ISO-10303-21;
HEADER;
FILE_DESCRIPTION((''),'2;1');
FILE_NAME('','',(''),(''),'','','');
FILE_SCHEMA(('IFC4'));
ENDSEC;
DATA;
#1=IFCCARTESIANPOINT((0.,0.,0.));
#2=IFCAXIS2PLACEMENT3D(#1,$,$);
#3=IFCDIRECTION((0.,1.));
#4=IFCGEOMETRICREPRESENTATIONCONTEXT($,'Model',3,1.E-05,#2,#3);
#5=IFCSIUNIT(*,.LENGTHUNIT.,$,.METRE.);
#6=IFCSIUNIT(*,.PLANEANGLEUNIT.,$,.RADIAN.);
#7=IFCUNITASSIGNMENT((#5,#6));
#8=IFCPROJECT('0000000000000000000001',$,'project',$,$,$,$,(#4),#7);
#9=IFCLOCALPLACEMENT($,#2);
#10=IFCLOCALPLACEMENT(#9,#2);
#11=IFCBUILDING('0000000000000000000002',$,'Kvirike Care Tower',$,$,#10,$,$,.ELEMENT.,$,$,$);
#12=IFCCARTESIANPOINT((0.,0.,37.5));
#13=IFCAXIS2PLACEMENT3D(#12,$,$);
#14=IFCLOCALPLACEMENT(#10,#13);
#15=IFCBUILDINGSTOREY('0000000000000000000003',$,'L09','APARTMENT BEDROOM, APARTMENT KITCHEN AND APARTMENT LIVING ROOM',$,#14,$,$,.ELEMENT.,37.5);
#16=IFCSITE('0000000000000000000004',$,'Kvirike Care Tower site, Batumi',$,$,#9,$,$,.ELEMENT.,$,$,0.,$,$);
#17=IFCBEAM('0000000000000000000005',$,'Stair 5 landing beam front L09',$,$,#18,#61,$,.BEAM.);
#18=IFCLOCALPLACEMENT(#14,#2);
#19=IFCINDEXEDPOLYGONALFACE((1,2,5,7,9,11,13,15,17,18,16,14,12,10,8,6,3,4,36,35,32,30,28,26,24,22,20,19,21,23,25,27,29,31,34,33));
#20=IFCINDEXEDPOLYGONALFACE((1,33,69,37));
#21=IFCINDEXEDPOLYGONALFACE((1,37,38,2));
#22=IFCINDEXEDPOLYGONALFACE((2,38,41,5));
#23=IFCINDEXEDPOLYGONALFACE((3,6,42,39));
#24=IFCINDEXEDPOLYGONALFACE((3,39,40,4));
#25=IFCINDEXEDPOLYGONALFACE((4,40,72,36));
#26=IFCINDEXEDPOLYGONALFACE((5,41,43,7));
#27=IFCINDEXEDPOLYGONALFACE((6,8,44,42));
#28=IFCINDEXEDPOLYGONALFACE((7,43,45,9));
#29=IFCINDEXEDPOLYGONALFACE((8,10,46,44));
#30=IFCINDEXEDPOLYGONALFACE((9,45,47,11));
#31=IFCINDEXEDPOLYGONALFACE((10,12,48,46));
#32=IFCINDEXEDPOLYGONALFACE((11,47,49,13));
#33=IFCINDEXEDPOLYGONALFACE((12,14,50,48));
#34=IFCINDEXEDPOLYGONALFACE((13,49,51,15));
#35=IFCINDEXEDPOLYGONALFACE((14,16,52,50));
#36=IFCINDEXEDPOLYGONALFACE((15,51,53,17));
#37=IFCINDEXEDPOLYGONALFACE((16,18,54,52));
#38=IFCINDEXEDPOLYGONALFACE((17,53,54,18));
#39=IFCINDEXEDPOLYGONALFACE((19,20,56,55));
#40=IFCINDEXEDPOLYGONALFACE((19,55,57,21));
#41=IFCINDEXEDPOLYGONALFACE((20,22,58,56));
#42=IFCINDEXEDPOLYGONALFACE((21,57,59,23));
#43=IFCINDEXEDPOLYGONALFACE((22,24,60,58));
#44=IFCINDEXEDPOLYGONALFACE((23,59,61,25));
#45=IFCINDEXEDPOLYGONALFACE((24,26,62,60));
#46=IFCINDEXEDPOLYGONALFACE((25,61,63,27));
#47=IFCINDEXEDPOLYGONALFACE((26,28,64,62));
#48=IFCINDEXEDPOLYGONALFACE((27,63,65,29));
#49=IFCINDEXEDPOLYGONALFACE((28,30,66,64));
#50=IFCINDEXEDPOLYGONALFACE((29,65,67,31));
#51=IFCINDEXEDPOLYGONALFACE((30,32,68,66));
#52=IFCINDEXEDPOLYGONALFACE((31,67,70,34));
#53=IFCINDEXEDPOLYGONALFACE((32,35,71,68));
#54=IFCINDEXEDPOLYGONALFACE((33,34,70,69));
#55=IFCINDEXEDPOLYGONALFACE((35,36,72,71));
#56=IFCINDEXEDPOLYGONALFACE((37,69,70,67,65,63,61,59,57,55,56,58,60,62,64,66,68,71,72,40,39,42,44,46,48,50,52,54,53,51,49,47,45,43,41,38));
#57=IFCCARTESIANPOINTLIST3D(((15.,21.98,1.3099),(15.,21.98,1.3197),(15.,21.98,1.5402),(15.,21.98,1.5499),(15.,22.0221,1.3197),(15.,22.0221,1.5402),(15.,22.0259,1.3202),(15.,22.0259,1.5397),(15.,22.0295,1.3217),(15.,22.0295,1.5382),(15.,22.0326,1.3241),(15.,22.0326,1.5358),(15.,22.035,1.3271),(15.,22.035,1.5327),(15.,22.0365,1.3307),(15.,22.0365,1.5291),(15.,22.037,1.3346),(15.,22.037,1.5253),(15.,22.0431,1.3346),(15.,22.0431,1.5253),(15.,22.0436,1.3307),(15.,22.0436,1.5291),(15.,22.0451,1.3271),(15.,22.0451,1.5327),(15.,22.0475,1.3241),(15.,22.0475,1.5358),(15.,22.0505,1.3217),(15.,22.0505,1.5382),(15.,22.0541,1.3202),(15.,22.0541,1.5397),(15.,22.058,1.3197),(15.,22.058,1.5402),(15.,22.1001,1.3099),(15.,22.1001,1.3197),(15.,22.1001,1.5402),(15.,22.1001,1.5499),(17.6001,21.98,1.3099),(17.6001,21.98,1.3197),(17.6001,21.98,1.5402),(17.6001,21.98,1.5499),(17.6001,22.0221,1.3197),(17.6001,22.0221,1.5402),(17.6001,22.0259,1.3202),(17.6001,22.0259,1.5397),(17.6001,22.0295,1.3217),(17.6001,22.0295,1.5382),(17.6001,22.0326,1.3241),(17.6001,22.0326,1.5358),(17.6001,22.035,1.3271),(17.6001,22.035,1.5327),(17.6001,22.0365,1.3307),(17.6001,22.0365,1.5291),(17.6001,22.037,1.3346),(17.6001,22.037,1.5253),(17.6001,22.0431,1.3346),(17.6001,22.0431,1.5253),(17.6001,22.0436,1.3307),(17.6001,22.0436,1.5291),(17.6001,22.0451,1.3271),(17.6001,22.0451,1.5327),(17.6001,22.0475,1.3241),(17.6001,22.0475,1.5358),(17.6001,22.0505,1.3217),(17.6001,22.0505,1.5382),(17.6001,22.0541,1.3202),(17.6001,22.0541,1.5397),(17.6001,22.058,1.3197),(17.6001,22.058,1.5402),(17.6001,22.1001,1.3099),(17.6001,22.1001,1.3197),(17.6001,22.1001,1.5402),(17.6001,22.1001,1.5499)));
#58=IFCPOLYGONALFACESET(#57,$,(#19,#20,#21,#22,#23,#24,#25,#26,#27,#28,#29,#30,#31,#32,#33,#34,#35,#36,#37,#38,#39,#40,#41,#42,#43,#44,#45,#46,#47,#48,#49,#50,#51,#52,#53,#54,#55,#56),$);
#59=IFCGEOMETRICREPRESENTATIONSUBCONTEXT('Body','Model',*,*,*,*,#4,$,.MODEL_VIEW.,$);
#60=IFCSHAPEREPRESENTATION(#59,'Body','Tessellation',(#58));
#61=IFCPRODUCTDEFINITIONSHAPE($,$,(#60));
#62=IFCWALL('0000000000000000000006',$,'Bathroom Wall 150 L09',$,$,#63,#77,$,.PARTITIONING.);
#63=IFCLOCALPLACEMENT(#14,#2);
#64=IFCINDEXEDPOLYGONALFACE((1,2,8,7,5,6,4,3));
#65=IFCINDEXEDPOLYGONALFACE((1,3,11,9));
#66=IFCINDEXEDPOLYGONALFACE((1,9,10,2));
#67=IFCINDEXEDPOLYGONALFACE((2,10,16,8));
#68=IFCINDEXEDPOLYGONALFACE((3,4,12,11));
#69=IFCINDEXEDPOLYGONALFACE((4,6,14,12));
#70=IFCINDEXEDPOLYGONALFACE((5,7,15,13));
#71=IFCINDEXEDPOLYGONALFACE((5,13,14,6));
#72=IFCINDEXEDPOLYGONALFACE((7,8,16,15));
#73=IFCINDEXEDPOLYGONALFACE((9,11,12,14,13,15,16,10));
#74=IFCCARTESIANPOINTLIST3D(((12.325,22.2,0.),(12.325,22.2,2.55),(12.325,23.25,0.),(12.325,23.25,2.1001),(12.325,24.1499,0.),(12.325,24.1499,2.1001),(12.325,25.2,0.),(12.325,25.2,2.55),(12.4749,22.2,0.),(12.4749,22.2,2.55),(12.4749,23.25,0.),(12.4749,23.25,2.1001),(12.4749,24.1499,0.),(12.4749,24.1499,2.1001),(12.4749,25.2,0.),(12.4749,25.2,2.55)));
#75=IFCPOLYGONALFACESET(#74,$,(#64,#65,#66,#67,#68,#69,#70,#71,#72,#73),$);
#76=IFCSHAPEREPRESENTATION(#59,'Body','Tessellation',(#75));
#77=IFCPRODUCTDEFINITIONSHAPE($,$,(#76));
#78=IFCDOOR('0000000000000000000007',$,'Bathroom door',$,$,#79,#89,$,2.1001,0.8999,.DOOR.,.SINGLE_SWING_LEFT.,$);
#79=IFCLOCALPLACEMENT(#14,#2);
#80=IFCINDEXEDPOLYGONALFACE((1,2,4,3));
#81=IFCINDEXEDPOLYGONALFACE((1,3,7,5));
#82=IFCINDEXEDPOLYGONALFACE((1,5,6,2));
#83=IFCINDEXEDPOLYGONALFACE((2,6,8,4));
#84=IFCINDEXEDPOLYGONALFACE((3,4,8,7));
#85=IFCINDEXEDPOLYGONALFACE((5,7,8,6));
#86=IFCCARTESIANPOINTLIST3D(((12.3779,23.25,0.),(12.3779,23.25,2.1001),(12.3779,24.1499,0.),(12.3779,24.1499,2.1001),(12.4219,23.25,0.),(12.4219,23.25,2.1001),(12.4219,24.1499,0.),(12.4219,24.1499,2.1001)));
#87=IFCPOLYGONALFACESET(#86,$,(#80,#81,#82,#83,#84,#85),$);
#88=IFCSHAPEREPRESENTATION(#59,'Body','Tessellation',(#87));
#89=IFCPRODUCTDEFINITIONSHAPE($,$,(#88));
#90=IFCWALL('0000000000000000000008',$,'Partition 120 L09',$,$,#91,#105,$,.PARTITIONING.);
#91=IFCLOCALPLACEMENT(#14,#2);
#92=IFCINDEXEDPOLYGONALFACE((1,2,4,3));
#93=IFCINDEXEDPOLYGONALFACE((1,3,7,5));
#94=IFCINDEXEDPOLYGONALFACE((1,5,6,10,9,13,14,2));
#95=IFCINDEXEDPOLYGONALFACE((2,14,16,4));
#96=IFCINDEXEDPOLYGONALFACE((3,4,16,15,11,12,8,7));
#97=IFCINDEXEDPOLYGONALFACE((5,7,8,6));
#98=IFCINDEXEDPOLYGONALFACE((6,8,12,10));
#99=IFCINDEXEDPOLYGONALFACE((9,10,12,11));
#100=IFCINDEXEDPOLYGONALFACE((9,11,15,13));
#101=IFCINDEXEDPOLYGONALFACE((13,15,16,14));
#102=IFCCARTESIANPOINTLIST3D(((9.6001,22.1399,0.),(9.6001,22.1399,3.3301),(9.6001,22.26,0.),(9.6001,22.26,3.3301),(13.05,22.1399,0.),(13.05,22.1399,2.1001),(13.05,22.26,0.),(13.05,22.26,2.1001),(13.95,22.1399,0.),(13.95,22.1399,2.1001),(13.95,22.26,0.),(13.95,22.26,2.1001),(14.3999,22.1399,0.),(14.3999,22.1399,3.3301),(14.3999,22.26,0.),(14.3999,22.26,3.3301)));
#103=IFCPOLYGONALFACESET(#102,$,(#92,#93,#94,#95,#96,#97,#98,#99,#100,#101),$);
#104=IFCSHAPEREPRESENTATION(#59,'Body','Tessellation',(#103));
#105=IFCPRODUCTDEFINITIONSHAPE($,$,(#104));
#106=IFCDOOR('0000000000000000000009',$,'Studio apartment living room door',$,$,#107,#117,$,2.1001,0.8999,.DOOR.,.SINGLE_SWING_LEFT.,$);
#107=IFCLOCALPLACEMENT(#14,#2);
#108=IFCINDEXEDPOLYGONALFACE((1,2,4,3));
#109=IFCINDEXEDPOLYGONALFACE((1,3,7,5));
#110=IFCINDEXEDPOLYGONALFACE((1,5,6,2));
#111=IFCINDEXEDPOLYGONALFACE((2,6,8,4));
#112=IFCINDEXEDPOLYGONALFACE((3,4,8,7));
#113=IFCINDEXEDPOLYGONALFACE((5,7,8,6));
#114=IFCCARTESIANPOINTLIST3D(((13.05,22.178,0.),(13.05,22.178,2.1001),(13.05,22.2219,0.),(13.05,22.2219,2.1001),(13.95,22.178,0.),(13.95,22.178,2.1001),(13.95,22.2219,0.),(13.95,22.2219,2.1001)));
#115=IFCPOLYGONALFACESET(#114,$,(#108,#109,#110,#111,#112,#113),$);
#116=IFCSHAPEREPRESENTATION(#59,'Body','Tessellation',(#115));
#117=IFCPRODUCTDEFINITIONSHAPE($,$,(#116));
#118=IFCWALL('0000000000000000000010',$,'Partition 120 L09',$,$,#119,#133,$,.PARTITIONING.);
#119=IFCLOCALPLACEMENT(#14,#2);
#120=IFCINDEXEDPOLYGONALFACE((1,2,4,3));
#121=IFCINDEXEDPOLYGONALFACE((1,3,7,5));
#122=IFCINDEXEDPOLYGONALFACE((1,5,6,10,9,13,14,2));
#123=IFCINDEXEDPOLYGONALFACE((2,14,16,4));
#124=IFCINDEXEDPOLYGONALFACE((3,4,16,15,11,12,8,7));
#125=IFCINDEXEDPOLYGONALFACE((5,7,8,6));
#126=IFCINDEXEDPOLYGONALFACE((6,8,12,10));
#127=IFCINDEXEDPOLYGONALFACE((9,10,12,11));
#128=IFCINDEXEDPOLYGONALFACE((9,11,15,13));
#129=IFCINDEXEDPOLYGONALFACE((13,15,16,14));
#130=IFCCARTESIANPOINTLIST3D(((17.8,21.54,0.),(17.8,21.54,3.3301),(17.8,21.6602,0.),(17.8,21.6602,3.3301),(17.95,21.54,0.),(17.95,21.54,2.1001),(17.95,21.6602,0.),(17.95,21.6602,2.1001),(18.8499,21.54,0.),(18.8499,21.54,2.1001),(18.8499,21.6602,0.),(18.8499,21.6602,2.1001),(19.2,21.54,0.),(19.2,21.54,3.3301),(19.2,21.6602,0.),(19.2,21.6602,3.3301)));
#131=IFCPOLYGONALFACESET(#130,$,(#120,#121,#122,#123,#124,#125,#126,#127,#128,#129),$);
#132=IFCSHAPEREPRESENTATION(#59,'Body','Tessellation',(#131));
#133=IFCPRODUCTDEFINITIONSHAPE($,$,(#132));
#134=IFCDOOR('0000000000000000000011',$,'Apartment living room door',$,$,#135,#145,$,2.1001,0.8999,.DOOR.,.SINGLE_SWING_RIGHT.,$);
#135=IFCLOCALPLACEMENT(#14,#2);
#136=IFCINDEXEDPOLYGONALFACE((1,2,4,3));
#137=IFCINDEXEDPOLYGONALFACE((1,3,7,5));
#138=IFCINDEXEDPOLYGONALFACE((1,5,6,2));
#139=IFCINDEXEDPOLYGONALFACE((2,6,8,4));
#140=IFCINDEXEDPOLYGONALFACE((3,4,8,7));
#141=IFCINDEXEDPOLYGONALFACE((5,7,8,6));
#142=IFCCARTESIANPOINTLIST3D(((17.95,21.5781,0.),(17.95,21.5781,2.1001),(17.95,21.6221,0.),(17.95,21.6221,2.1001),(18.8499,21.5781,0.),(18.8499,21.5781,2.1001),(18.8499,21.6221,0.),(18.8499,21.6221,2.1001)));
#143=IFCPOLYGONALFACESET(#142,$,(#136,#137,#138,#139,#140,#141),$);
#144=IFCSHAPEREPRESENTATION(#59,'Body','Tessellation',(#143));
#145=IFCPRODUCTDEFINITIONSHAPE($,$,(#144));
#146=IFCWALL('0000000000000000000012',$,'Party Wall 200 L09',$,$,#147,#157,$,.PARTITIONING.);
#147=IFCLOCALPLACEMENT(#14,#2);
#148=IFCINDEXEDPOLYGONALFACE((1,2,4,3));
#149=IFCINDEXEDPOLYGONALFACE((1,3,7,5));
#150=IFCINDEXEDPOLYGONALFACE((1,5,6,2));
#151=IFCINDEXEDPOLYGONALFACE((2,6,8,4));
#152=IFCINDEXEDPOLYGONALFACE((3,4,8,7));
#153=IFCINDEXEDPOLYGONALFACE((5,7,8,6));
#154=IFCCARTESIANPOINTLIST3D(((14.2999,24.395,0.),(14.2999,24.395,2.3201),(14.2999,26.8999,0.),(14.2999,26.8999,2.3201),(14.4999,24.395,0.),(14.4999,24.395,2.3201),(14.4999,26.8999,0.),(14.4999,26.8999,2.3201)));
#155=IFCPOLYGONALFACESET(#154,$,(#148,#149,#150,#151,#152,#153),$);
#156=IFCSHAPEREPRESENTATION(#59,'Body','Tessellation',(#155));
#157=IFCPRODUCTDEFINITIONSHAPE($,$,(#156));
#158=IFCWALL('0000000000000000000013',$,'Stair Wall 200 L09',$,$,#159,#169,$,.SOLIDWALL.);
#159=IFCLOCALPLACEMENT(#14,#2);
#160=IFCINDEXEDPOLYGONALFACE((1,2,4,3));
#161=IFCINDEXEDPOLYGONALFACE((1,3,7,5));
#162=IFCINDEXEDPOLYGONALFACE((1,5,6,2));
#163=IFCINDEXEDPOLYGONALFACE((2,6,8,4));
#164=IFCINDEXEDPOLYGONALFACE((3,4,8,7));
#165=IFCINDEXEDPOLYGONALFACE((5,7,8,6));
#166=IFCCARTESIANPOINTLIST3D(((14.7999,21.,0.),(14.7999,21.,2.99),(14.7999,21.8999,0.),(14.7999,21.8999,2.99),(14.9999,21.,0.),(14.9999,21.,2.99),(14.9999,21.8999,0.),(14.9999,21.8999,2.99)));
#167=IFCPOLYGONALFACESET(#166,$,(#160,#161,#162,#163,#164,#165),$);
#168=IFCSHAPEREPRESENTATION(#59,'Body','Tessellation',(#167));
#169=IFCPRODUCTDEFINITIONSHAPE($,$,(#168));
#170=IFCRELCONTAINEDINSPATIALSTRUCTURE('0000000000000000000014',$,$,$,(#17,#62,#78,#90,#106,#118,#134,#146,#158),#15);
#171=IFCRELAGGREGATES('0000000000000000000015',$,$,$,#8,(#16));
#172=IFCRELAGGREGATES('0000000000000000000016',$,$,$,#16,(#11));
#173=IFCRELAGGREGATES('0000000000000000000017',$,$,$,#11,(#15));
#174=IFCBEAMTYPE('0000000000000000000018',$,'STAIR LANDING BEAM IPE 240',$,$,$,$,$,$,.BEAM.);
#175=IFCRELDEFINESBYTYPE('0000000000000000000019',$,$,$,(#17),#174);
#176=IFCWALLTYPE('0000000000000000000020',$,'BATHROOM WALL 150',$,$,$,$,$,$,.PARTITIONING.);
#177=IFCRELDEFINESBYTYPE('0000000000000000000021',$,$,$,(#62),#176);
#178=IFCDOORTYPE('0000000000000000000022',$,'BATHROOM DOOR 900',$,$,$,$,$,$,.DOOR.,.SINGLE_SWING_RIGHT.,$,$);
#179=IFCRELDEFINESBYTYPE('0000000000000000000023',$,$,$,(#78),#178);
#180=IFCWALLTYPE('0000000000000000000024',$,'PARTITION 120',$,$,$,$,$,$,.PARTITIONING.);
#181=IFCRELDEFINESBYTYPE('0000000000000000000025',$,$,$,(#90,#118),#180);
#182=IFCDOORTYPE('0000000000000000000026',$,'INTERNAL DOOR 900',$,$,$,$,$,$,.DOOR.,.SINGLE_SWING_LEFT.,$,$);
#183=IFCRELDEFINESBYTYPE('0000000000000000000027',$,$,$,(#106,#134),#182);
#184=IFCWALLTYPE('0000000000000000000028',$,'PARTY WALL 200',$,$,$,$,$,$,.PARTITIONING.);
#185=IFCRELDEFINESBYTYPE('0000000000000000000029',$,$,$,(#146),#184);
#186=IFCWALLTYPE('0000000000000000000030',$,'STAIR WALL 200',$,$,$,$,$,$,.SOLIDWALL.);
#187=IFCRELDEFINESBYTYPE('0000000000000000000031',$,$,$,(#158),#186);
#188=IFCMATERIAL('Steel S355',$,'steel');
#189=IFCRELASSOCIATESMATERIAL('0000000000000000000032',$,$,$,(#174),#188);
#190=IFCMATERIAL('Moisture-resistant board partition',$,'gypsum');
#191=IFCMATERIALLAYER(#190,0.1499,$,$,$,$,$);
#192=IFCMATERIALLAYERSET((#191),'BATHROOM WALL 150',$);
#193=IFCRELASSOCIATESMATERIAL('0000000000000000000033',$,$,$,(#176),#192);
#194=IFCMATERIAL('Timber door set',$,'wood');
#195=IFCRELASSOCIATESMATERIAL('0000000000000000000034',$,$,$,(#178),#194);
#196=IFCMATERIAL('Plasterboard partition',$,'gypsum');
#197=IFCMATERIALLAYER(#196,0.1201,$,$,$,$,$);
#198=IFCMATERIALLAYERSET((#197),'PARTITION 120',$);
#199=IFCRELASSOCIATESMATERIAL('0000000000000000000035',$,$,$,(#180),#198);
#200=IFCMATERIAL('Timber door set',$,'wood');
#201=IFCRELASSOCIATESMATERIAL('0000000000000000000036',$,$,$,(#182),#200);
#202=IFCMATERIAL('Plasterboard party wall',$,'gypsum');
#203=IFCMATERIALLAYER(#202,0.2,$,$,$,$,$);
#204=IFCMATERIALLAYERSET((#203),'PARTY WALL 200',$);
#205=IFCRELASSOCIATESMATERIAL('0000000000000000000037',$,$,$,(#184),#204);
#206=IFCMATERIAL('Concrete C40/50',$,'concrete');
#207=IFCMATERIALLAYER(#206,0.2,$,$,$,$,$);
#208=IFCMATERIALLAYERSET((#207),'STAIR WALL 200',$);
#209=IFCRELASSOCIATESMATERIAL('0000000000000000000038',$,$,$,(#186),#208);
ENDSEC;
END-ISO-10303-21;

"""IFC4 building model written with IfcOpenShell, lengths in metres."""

from ifc_helpers import new_model, si_unit, direction, frame, frame_2d, origin, origin_2d, place, context, subcontext, project, spatial, rectangle, i_section, extrude, material, layer, layer_set, material_profile, profile_set, type_object, element, fill, save


model = new_model("IFC4")

# Units and contexts
model_context = context("Model", 3, precision=1e-05, world=origin(), true_north=direction((0.0, 1.0)))
body_context = subcontext(model_context, "Body", "Model", "MODEL_VIEW")
ifc_project = project(units=[si_unit("LENGTHUNIT", "METRE"), si_unit("PLANEANGLEUNIT", "RADIAN")], contexts=[model_context])

# Site, building, storey
site_placement = place(None, origin())
site = spatial("IfcSite", under=ifc_project, at=site_placement, Name="Kvirike Care Tower site, Batumi", CompositionType="ELEMENT", RefElevation=0.0)
building_placement = place(site_placement, origin())
building = spatial("IfcBuilding", under=site, at=building_placement, Name="Kvirike Care Tower", CompositionType="ELEMENT")
storey_placement = place(building_placement, frame((0.0, 0.0, 37.5)))
storey = spatial("IfcBuildingStorey", under=building, at=storey_placement, Name="L09", Description="APARTMENT BEDROOM, APARTMENT KITCHEN AND APARTMENT LIVING ROOM", CompositionType="ELEMENT", Elevation=37.5)

# Beam
ifc_material_1 = material(Name="Steel S355", Category="steel")
ifc_material_profile_1 = material_profile(ifc_material_1, i_section(OverallWidth=0.1201, OverallDepth=0.24, WebThickness=0.0061, FlangeThickness=0.0098, FilletRadius=0.0149, at=origin_2d()), Name="IPE 240")
ifc_profile_set_1 = profile_set([ifc_material_profile_1], Name="Steel S355")
beam_type_1 = type_object("IfcBeamType", Name="STAIR LANDING BEAM IPE 240", PredefinedType="BEAM", material=ifc_profile_set_1)
for number, where, z_axis, x_axis, name in (
    (1, (15.0, 22.04, 1.4299), (1.0, 0.0, 0.0), (0.0, 1.0, 0.0), "Stair 5 landing beam front L09"),
):
    element("IfcBeam", number, at=place(storey_placement, frame(where, z_axis=z_axis, x_axis=x_axis)), inside=storey, type_object=beam_type_1, Name=name, PredefinedType="BEAM", context=body_context, shape_type="SweptSolid", body=[
        extrude(i_section(OverallWidth=0.1201, OverallDepth=0.24, WebThickness=0.0061, FlangeThickness=0.0098, FilletRadius=0.0149, at=origin_2d()), origin(), (0.0, 0.0, 1.0), 2.6001),
    ])

# Walls, openings, doors
ifc_material_2 = material(Name="Moisture-resistant board partition", Category="gypsum")
ifc_layer_1 = layer(ifc_material_2, 0.1499)
ifc_layer_set_1 = layer_set([ifc_layer_1], Name="BATHROOM WALL 150")
wall_type_1 = type_object("IfcWallType", Name="BATHROOM WALL 150", PredefinedType="PARTITIONING", material=ifc_layer_set_1)
wall_1_placement = place(storey_placement, frame((12.3999, 22.2, 0.0), z_axis=(0.0, 0.0, 1.0), x_axis=(0.0, 1.0, 0.0)))
wall_1 = element("IfcWall", 2, at=wall_1_placement, inside=storey, type_object=wall_type_1, Name="Bathroom Wall 150 L09", PredefinedType="PARTITIONING", context=body_context, shape_type="SweptSolid", body=[
    extrude(rectangle(XDim=3.0, YDim=0.1499, at=frame_2d((1.5, 0.0))), origin(), (0.0, 0.0, 1.0), 2.55),
])
opening_1_placement = place(wall_1_placement, frame((1.05, 0.0, 0.0)))
opening_1 = element("IfcOpeningElement", 3, at=opening_1_placement, cuts=wall_1, PredefinedType="OPENING", context=body_context, shape_type="SweptSolid", body=[
    extrude(rectangle(XDim=0.8999, YDim=2.1001, at=frame_2d((0.45, 1.05))), frame((0.0, 0.0854, 0.0), z_axis=(0.0, -1.0, 0.0), x_axis=(1.0, 0.0, 0.0)), (0.0, 0.0, 1.0), 0.1709),
])
ifc_material_3 = material(Name="Timber door set", Category="wood")
door_type_1 = type_object("IfcDoorType", Name="BATHROOM DOOR 900", OperationType="SINGLE_SWING_RIGHT", PredefinedType="DOOR", material=ifc_material_3)
door_1_placement = place(opening_1_placement, origin())
door_1 = element("IfcDoor", 4, at=door_1_placement, inside=storey, type_object=door_type_1, Name="Bathroom door", OperationType="SINGLE_SWING_LEFT", OverallHeight=2.1001, OverallWidth=0.8999, PredefinedType="DOOR", context=body_context, shape_type="SweptSolid", body=[
    extrude(rectangle(XDim=0.8999, YDim=2.1001, at=frame_2d((0.45, 1.05))), frame((0.0, 0.022, 0.0), z_axis=(0.0, -1.0, 0.0), x_axis=(1.0, 0.0, 0.0)), (0.0, 0.0, 1.0), 0.0439),
])
fill(opening_1, door_1)
ifc_material_4 = material(Name="Plasterboard partition", Category="gypsum")
ifc_layer_2 = layer(ifc_material_4, 0.1201)
ifc_layer_set_2 = layer_set([ifc_layer_2], Name="PARTITION 120")
wall_type_2 = type_object("IfcWallType", Name="PARTITION 120", PredefinedType="PARTITIONING", material=ifc_layer_set_2)
wall_2_placement = place(storey_placement, frame((9.6001, 22.2, 0.0), z_axis=(0.0, 0.0, 1.0), x_axis=(1.0, 0.0, 0.0)))
wall_2 = element("IfcWall", 5, at=wall_2_placement, inside=storey, type_object=wall_type_2, Name="Partition 120 L09", PredefinedType="PARTITIONING", context=body_context, shape_type="SweptSolid", body=[
    extrude(rectangle(XDim=4.7998, YDim=0.1201, at=frame_2d((2.3999, 0.0))), origin(), (0.0, 0.0, 1.0), 3.3301),
])
opening_2_placement = place(wall_2_placement, frame((3.45, 0.0, 0.0)))
opening_2 = element("IfcOpeningElement", 6, at=opening_2_placement, cuts=wall_2, PredefinedType="OPENING", context=body_context, shape_type="SweptSolid", body=[
    extrude(rectangle(XDim=0.8999, YDim=2.1001, at=frame_2d((0.45, 1.05))), frame((0.0, 0.0706, 0.0), z_axis=(0.0, -1.0, 0.0), x_axis=(1.0, 0.0, 0.0)), (0.0, 0.0, 1.0), 0.1411),
])
ifc_material_5 = material(Name="Timber door set", Category="wood")
door_type_2 = type_object("IfcDoorType", Name="INTERNAL DOOR 900", OperationType="SINGLE_SWING_LEFT", PredefinedType="DOOR", material=ifc_material_5)
door_2_placement = place(opening_2_placement, origin())
door_2 = element("IfcDoor", 7, at=door_2_placement, inside=storey, type_object=door_type_2, Name="Studio apartment living room door", OperationType="SINGLE_SWING_LEFT", OverallHeight=2.1001, OverallWidth=0.8999, PredefinedType="DOOR", context=body_context, shape_type="SweptSolid", body=[
    extrude(rectangle(XDim=0.8999, YDim=2.1001, at=frame_2d((0.45, 1.05))), frame((0.0, 0.022, 0.0), z_axis=(0.0, -1.0, 0.0), x_axis=(1.0, 0.0, 0.0)), (0.0, 0.0, 1.0), 0.0439),
])
fill(opening_2, door_2)
wall_3_placement = place(storey_placement, frame((17.8, 21.6001, 0.0), z_axis=(0.0, 0.0, 1.0), x_axis=(1.0, 0.0, 0.0)))
wall_3 = element("IfcWall", 8, at=wall_3_placement, inside=storey, type_object=wall_type_2, Name="Partition 120 L09", PredefinedType="PARTITIONING", context=body_context, shape_type="SweptSolid", body=[
    extrude(rectangle(XDim=1.3999, YDim=0.1201, at=frame_2d((0.7, 0.0))), origin(), (0.0, 0.0, 1.0), 3.3301),
])
opening_3_placement = place(wall_3_placement, frame((0.1499, 0.0, 0.0)))
opening_3 = element("IfcOpeningElement", 9, at=opening_3_placement, cuts=wall_3, PredefinedType="OPENING", context=body_context, shape_type="SweptSolid", body=[
    extrude(rectangle(XDim=0.8999, YDim=2.1001, at=frame_2d((0.45, 1.05))), frame((0.0, 0.0706, 0.0), z_axis=(0.0, -1.0, 0.0), x_axis=(1.0, 0.0, 0.0)), (0.0, 0.0, 1.0), 0.1411),
])
door_3_placement = place(opening_3_placement, origin())
door_3 = element("IfcDoor", 10, at=door_3_placement, inside=storey, type_object=door_type_2, Name="Apartment living room door", OperationType="SINGLE_SWING_RIGHT", OverallHeight=2.1001, OverallWidth=0.8999, PredefinedType="DOOR", context=body_context, shape_type="SweptSolid", body=[
    extrude(rectangle(XDim=0.8999, YDim=2.1001, at=frame_2d((0.45, 1.05))), frame((0.0, 0.022, 0.0), z_axis=(0.0, -1.0, 0.0), x_axis=(1.0, 0.0, 0.0)), (0.0, 0.0, 1.0), 0.0439),
])
fill(opening_3, door_3)

# Walls
ifc_material_6 = material(Name="Plasterboard party wall", Category="gypsum")
ifc_layer_3 = layer(ifc_material_6, 0.2)
ifc_layer_set_3 = layer_set([ifc_layer_3], Name="PARTY WALL 200")
wall_type_3 = type_object("IfcWallType", Name="PARTY WALL 200", PredefinedType="PARTITIONING", material=ifc_layer_set_3)
wall_4_placement = place(storey_placement, frame((14.3999, 24.395, 0.0), z_axis=(0.0, 0.0, 1.0), x_axis=(0.0, 1.0, 0.0)))
element("IfcWall", 11, at=wall_4_placement, inside=storey, type_object=wall_type_3, Name="Party Wall 200 L09", PredefinedType="PARTITIONING", context=body_context, shape_type="SweptSolid", body=[
    extrude(rectangle(XDim=2.5049, YDim=0.2, at=frame_2d((1.2524, 0.0))), origin(), (0.0, 0.0, 1.0), 2.3201),
])
ifc_material_7 = material(Name="Concrete C40/50", Category="concrete")
ifc_layer_4 = layer(ifc_material_7, 0.2)
ifc_layer_set_4 = layer_set([ifc_layer_4], Name="STAIR WALL 200")
wall_type_4 = type_object("IfcWallType", Name="STAIR WALL 200", PredefinedType="SOLIDWALL", material=ifc_layer_set_4)
wall_5_placement = place(storey_placement, frame((14.8999, 21.0, 0.0), z_axis=(0.0, 0.0, 1.0), x_axis=(0.0, 1.0, 0.0)))
element("IfcWall", 12, at=wall_5_placement, inside=storey, type_object=wall_type_4, Name="Stair Wall 200 L09", PredefinedType="SOLIDWALL", context=body_context, shape_type="SweptSolid", body=[
    extrude(rectangle(XDim=0.8999, YDim=0.2, at=frame_2d((0.45, 0.0))), origin(), (0.0, 0.0, 1.0), 2.99),
])

save(model, "model.ifc")
